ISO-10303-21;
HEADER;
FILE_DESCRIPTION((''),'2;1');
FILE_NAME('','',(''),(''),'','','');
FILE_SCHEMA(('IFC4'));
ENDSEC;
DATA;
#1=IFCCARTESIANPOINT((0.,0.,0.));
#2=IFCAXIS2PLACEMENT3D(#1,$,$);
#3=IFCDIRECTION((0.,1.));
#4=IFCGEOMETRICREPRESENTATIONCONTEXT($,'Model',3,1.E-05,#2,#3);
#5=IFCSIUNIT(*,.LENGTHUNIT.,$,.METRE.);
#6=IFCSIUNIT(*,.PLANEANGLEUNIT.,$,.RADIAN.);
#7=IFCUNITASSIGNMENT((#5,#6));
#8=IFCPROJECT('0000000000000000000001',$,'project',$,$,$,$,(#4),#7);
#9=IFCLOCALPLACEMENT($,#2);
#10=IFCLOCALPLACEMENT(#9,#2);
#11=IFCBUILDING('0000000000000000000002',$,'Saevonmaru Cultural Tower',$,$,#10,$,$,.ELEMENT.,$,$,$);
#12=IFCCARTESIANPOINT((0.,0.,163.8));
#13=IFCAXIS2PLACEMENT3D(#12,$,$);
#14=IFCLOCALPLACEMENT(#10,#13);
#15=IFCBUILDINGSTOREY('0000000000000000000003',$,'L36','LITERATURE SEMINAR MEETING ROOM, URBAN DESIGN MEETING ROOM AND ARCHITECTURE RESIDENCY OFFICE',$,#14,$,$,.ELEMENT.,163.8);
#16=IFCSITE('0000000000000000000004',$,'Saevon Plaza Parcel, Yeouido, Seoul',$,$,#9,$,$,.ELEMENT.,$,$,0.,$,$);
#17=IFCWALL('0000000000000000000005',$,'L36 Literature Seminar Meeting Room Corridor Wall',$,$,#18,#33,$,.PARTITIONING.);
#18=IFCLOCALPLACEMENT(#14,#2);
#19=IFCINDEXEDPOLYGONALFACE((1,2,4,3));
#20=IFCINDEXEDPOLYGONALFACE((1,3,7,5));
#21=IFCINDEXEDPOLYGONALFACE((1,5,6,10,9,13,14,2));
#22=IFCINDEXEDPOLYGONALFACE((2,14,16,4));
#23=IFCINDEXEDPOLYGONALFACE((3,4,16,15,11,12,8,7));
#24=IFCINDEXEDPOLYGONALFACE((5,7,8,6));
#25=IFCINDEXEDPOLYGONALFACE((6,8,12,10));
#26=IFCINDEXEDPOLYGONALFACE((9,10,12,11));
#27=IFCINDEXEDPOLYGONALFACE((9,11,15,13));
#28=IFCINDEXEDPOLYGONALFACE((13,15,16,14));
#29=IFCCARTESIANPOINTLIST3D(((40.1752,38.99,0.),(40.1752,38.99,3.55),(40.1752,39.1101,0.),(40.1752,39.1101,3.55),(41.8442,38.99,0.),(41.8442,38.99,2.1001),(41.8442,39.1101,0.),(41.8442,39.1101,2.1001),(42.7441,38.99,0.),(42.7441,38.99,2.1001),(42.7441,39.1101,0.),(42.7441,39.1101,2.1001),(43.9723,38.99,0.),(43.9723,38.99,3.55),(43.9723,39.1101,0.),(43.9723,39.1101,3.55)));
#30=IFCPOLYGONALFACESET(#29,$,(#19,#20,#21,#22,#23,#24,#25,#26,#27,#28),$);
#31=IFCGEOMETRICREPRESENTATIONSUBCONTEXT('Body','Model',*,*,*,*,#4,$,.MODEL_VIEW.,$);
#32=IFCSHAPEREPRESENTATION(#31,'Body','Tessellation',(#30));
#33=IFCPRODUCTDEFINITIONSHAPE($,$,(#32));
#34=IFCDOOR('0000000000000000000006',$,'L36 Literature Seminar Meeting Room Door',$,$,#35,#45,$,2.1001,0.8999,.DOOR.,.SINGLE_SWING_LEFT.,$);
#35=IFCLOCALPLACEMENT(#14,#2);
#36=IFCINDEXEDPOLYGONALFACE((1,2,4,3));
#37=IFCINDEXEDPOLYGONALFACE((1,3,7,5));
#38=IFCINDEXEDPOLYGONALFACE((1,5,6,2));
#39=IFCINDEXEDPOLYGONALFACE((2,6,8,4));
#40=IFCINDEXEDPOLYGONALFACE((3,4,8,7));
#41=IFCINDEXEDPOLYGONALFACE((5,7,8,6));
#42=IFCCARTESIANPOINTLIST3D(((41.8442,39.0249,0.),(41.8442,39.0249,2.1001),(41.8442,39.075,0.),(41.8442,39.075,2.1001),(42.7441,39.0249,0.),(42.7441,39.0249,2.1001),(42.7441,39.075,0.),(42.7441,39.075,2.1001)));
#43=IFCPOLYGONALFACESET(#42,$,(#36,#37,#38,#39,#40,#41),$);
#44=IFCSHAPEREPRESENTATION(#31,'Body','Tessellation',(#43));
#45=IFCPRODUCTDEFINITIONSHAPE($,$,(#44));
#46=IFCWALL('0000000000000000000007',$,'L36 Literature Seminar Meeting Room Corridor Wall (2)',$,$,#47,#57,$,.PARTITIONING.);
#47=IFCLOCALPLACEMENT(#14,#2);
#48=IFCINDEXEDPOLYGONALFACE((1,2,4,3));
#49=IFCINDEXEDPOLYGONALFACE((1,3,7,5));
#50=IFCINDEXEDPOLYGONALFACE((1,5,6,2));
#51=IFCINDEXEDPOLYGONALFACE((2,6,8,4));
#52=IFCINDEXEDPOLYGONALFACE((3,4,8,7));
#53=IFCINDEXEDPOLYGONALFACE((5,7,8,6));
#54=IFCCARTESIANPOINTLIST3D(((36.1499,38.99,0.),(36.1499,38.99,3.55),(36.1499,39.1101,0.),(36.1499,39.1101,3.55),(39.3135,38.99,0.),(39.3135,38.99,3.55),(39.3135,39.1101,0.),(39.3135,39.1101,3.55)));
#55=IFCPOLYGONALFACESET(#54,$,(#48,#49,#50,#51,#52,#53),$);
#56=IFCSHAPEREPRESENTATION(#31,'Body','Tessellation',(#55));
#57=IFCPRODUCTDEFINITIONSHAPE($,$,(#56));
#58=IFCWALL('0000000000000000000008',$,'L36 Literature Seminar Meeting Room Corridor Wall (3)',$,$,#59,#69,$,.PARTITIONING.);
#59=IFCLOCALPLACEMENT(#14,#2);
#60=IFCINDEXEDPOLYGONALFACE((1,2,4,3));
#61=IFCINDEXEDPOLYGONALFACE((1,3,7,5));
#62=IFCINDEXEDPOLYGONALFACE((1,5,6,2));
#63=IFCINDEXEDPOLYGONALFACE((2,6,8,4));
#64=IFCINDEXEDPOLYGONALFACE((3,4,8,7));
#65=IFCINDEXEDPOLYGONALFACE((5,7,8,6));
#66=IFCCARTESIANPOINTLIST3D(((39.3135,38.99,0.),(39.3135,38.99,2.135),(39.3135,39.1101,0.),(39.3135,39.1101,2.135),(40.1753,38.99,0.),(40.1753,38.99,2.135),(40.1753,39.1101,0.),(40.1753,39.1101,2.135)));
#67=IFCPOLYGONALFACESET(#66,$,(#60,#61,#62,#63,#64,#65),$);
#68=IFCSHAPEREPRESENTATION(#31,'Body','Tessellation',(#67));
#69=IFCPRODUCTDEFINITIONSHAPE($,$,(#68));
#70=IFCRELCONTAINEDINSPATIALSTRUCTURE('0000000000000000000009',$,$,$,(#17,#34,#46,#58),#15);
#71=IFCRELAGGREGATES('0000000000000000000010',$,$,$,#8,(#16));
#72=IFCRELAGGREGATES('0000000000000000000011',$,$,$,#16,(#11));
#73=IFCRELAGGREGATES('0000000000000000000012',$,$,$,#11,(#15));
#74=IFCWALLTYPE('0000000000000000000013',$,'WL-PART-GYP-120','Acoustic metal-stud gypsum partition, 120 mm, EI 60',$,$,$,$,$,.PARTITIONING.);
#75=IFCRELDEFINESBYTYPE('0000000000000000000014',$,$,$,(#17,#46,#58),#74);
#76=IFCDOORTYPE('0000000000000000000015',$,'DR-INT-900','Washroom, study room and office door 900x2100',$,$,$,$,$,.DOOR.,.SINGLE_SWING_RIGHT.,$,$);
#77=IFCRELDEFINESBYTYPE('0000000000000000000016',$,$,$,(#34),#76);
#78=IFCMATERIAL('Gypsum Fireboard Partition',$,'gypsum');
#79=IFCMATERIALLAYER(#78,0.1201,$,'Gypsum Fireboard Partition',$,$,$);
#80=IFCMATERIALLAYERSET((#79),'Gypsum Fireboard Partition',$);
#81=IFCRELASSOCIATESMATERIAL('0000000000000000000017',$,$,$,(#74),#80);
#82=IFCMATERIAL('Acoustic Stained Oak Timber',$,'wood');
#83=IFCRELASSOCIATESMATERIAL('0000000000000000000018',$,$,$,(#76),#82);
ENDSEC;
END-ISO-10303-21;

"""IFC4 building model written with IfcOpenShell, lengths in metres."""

from ifc_helpers import new_model, si_unit, direction, frame, frame_2d, origin, place, context, subcontext, project, spatial, rectangle, extrude, material, layer, layer_set, type_object, element, fill, save


model = new_model("IFC4")

# Units and contexts
model_context = context("Model", 3, precision=1e-05, world=origin(), true_north=direction((0.0, 1.0)))
body_context = subcontext(model_context, "Body", "Model", "MODEL_VIEW")
ifc_project = project(units=[si_unit("LENGTHUNIT", "METRE"), si_unit("PLANEANGLEUNIT", "RADIAN")], contexts=[model_context])

# Site, building, storey
site_placement = place(None, origin())
site = spatial("IfcSite", under=ifc_project, at=site_placement, Name="Saevon Plaza Parcel, Yeouido, Seoul", CompositionType="ELEMENT", RefElevation=0.0)
building_placement = place(site_placement, origin())
building = spatial("IfcBuilding", under=site, at=building_placement, Name="Saevonmaru Cultural Tower", CompositionType="ELEMENT")
storey_placement = place(building_placement, frame((0.0, 0.0, 163.8)))
storey = spatial("IfcBuildingStorey", under=building, at=storey_placement, Name="L36", Description="LITERATURE SEMINAR MEETING ROOM, URBAN DESIGN MEETING ROOM AND ARCHITECTURE RESIDENCY OFFICE", CompositionType="ELEMENT", Elevation=163.8)

# Shared definitions
ifc_material_1 = material(Name="Gypsum Fireboard Partition", Category="gypsum")
ifc_layer_1 = layer(ifc_material_1, 0.1201, Name="Gypsum Fireboard Partition")
ifc_layer_set_1 = layer_set([ifc_layer_1], Name="Gypsum Fireboard Partition")
wall_type_1 = type_object("IfcWallType", Name="WL-PART-GYP-120", Description="Acoustic metal-stud gypsum partition, 120 mm, EI 60", PredefinedType="PARTITIONING", material=ifc_layer_set_1)

# Wall, opening, door
wall_1_placement = place(storey_placement, frame((40.1753, 39.05, 0.0), z_axis=(0.0, 0.0, 1.0), x_axis=(1.0, 0.0, 0.0)))
wall_1 = element("IfcWall", 1, at=wall_1_placement, inside=storey, type_object=wall_type_1, Name="L36 Literature Seminar Meeting Room Corridor Wall", PredefinedType="PARTITIONING", context=body_context, shape_type="SweptSolid", body=[
    extrude(rectangle(XDim=3.7971, YDim=0.1201, at=frame_2d((1.8984, 0.0))), origin(), (0.0, 0.0, 1.0), 3.55),
])
opening_placement = place(wall_1_placement, frame((1.6689, 0.0, 0.0)))
opening = element("IfcOpeningElement", 2, at=opening_placement, cuts=wall_1, PredefinedType="OPENING", context=body_context, shape_type="SweptSolid", body=[
    extrude(rectangle(XDim=0.8999, YDim=2.1001, at=frame_2d((0.45, 1.05))), frame((0.0, 0.0701, 0.0), z_axis=(0.0, -1.0, 0.0), x_axis=(1.0, 0.0, 0.0)), (0.0, 0.0, 1.0), 0.1401),
])
ifc_material_2 = material(Name="Acoustic Stained Oak Timber", Category="wood")
door_type = type_object("IfcDoorType", Name="DR-INT-900", Description="Washroom, study room and office door 900x2100", OperationType="SINGLE_SWING_RIGHT", PredefinedType="DOOR", material=ifc_material_2)
door_placement = place(opening_placement, origin())
door = element("IfcDoor", 3, at=door_placement, inside=storey, type_object=door_type, Name="L36 Literature Seminar Meeting Room Door", OperationType="SINGLE_SWING_LEFT", OverallHeight=2.1001, OverallWidth=0.8999, PredefinedType="DOOR", context=body_context, shape_type="SweptSolid", body=[
    extrude(rectangle(XDim=0.8999, YDim=2.1001, at=frame_2d((0.45, 1.05))), frame((0.0, 0.0249, 0.0), z_axis=(0.0, -1.0, 0.0), x_axis=(1.0, 0.0, 0.0)), (0.0, 0.0, 1.0), 0.05),
])
fill(opening, door)

# Walls
wall_2_placement = place(storey_placement, frame((36.1499, 39.05, 0.0), z_axis=(0.0, 0.0, 1.0), x_axis=(1.0, 0.0, 0.0)))
element("IfcWall", 4, at=wall_2_placement, inside=storey, type_object=wall_type_1, Name="L36 Literature Seminar Meeting Room Corridor Wall (2)", PredefinedType="PARTITIONING", context=body_context, shape_type="SweptSolid", body=[
    extrude(rectangle(XDim=3.1636, YDim=0.1201, at=frame_2d((1.5818, 0.0))), origin(), (0.0, 0.0, 1.0), 3.55),
])
wall_3_placement = place(storey_placement, frame((39.3135, 39.05, 0.0), z_axis=(0.0, 0.0, 1.0), x_axis=(1.0, 0.0, 0.0)))
element("IfcWall", 5, at=wall_3_placement, inside=storey, type_object=wall_type_1, Name="L36 Literature Seminar Meeting Room Corridor Wall (3)", PredefinedType="PARTITIONING", context=body_context, shape_type="SweptSolid", body=[
    extrude(rectangle(XDim=0.8618, YDim=0.1201, at=frame_2d((0.4309, 0.0))), origin(), (0.0, 0.0, 1.0), 2.135),
])

save(model, "model.ifc")
